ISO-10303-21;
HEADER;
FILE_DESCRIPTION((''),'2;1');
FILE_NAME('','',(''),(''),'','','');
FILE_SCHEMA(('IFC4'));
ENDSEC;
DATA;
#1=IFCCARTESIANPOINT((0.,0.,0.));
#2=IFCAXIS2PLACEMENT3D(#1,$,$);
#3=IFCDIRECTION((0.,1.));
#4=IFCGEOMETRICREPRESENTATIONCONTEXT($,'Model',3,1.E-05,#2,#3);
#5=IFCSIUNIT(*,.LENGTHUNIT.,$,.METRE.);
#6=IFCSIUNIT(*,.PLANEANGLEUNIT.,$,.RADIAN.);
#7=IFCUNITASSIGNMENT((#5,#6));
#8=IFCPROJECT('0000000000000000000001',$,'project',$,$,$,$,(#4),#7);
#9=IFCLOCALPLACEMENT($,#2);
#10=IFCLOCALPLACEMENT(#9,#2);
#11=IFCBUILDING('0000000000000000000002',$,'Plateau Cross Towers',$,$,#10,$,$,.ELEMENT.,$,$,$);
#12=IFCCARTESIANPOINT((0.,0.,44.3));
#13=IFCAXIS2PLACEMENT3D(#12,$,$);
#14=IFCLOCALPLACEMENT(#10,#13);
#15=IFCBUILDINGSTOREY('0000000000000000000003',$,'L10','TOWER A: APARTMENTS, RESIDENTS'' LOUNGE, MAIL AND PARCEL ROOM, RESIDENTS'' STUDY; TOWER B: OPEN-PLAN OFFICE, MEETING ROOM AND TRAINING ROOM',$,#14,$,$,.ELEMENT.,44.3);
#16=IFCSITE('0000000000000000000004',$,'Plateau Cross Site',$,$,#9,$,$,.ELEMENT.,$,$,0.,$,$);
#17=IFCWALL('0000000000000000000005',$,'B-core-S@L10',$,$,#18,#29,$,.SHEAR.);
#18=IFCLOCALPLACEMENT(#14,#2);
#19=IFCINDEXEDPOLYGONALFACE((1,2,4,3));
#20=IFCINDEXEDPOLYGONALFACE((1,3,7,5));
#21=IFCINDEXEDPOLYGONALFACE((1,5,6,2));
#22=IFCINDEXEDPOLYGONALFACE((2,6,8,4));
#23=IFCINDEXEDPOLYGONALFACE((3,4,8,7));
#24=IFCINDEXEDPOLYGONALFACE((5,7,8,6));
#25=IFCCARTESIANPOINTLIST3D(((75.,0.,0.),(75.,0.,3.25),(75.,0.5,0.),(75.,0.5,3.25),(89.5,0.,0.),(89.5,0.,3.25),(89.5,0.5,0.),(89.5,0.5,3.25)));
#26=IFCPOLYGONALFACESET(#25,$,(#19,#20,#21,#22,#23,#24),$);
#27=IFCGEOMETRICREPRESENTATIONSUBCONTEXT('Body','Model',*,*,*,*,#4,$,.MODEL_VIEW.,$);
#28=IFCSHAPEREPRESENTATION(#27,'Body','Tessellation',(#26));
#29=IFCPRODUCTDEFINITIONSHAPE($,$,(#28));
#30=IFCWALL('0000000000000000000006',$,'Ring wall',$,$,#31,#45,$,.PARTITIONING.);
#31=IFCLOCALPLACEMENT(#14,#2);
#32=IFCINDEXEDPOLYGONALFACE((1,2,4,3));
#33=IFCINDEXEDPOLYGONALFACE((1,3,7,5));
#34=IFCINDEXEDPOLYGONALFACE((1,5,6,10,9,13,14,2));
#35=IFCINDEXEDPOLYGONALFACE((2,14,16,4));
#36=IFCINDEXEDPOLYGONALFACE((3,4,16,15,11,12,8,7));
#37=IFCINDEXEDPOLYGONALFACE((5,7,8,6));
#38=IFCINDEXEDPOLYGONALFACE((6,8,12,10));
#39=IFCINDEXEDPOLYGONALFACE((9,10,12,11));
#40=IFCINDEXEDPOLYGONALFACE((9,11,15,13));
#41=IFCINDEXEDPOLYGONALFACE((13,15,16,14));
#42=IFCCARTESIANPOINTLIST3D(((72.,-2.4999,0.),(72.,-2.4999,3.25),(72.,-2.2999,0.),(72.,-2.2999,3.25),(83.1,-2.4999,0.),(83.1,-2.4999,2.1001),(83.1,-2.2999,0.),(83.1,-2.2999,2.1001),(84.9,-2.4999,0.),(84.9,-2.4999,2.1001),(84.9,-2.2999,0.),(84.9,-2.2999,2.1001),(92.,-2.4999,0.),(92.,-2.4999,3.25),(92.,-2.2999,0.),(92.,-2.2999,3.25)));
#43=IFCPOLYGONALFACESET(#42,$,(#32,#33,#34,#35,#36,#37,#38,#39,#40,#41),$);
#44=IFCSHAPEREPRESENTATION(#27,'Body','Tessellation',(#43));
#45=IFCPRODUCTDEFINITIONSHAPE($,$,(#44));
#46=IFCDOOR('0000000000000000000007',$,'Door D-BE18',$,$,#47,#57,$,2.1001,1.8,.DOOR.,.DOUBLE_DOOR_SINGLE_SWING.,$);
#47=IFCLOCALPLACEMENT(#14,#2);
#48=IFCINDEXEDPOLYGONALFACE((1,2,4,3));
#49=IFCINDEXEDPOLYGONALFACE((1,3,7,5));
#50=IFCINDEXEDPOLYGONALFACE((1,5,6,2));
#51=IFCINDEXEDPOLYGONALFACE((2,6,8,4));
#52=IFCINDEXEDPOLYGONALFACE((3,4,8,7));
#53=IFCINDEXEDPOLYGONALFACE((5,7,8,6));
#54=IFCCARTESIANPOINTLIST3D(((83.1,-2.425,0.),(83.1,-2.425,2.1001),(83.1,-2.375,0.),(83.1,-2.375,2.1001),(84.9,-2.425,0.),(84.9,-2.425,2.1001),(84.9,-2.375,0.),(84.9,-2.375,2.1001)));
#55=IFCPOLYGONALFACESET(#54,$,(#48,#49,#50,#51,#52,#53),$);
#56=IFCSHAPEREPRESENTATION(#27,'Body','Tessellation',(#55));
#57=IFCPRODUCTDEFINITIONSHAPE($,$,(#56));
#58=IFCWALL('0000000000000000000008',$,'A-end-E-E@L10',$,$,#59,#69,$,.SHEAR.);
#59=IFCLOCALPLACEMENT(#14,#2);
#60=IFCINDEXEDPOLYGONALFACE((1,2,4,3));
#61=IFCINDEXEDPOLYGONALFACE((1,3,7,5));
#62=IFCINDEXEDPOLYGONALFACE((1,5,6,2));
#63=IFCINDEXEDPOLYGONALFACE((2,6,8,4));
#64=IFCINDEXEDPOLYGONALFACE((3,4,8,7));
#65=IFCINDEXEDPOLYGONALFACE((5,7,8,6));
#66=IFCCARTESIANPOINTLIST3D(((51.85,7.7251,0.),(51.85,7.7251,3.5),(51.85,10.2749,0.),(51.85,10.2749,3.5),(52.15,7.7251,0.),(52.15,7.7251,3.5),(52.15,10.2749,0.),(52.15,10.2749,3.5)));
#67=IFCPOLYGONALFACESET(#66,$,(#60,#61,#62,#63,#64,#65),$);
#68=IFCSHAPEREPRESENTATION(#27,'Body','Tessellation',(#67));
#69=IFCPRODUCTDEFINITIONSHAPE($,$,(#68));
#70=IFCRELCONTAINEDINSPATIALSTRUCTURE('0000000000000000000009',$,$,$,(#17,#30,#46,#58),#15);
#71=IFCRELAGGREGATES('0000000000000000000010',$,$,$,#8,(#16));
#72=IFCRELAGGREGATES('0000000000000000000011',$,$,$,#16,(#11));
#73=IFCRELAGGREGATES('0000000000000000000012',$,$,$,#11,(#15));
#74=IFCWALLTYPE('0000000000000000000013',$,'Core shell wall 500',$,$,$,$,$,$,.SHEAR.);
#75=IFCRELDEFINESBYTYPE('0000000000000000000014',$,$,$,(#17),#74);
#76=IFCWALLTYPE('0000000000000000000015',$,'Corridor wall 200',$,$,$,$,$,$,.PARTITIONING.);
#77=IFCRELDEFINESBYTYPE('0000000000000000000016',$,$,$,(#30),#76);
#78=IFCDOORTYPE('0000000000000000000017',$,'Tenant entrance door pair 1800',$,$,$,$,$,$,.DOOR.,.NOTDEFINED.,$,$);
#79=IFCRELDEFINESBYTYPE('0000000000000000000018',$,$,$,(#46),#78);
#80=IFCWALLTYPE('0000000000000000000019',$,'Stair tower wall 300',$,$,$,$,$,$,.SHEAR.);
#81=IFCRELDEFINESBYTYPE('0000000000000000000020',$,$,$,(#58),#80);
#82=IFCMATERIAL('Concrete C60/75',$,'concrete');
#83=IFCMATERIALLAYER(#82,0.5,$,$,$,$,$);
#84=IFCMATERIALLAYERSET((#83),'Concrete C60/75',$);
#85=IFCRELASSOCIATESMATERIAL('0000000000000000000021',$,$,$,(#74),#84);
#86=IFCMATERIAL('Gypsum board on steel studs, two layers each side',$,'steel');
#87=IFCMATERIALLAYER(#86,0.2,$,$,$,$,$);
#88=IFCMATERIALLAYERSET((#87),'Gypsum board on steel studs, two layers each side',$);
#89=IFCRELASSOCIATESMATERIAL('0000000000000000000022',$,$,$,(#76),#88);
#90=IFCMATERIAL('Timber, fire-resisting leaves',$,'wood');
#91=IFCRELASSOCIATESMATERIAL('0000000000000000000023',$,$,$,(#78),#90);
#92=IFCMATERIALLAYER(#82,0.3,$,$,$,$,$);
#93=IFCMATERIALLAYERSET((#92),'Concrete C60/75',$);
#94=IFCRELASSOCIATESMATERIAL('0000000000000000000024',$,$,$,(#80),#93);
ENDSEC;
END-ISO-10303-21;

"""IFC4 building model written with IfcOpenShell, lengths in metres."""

from ifc_helpers import new_model, si_unit, direction, frame, frame_2d, origin, place, context, subcontext, project, spatial, rectangle, extrude, material, layer, layer_set, type_object, element, fill, save


model = new_model("IFC4")

# Units and contexts
model_context = context("Model", 3, precision=1e-05, world=origin(), true_north=direction((0.0, 1.0)))
body_context = subcontext(model_context, "Body", "Model", "MODEL_VIEW")
ifc_project = project(units=[si_unit("LENGTHUNIT", "METRE"), si_unit("PLANEANGLEUNIT", "RADIAN")], contexts=[model_context])

# Site, building, storey
site_placement = place(None, origin())
site = spatial("IfcSite", under=ifc_project, at=site_placement, Name="Plateau Cross Site", CompositionType="ELEMENT", RefElevation=0.0)
building_placement = place(site_placement, origin())
building = spatial("IfcBuilding", under=site, at=building_placement, Name="Plateau Cross Towers", CompositionType="ELEMENT")
storey_placement = place(building_placement, frame((0.0, 0.0, 44.3)))
storey = spatial("IfcBuildingStorey", under=building, at=storey_placement, Name="L10", Description="TOWER A: APARTMENTS, RESIDENTS' LOUNGE, MAIL AND PARCEL ROOM, RESIDENTS' STUDY; TOWER B: OPEN-PLAN OFFICE, MEETING ROOM AND TRAINING ROOM", CompositionType="ELEMENT", Elevation=44.3)

# Shared definitions
ifc_material_1 = material(Name="Concrete C60/75", Category="concrete")

# Wall
ifc_layer_1 = layer(ifc_material_1, 0.5)
ifc_layer_set_1 = layer_set([ifc_layer_1], Name="Concrete C60/75")
wall_type_1 = type_object("IfcWallType", Name="Core shell wall 500", PredefinedType="SHEAR", material=ifc_layer_set_1)
wall_1_placement = place(storey_placement, frame((75.0, 0.25, 0.0), z_axis=(0.0, 0.0, 1.0), x_axis=(1.0, 0.0, 0.0)))
element("IfcWall", 1, at=wall_1_placement, inside=storey, type_object=wall_type_1, Name="B-core-S@L10", PredefinedType="SHEAR", context=body_context, shape_type="SweptSolid", body=[
    extrude(rectangle(XDim=14.5, YDim=0.5, at=frame_2d((7.25, 0.0))), origin(), (0.0, 0.0, 1.0), 3.25),
])

# Wall, opening, door
ifc_material_2 = material(Name="Gypsum board on steel studs, two layers each side", Category="steel")
ifc_layer_2 = layer(ifc_material_2, 0.2)
ifc_layer_set_2 = layer_set([ifc_layer_2], Name="Gypsum board on steel studs, two layers each side")
wall_type_2 = type_object("IfcWallType", Name="Corridor wall 200", PredefinedType="PARTITIONING", material=ifc_layer_set_2)
wall_2_placement = place(storey_placement, frame((72.0, -2.3999, 0.0), z_axis=(0.0, 0.0, 1.0), x_axis=(1.0, 0.0, 0.0)))
wall_2 = element("IfcWall", 2, at=wall_2_placement, inside=storey, type_object=wall_type_2, Name="Ring wall", PredefinedType="PARTITIONING", context=body_context, shape_type="SweptSolid", body=[
    extrude(rectangle(XDim=20.0, YDim=0.2, at=frame_2d((10.0, 0.0))), origin(), (0.0, 0.0, 1.0), 3.25),
])
opening_placement = place(wall_2_placement, frame((11.1001, 0.0, 0.0)))
opening = element("IfcOpeningElement", 3, at=opening_placement, cuts=wall_2, PredefinedType="OPENING", context=body_context, shape_type="SweptSolid", body=[
    extrude(rectangle(XDim=1.8, YDim=2.1001, at=frame_2d((0.8999, 1.05))), frame((0.0, 0.1099, 0.0), z_axis=(0.0, -1.0, 0.0), x_axis=(1.0, 0.0, 0.0)), (0.0, 0.0, 1.0), 0.22),
])
ifc_material_3 = material(Name="Timber, fire-resisting leaves", Category="wood")
door_type = type_object("IfcDoorType", Name="Tenant entrance door pair 1800", OperationType="NOTDEFINED", PredefinedType="DOOR", material=ifc_material_3)
door_placement = place(opening_placement, origin())
door = element("IfcDoor", 4, at=door_placement, inside=storey, type_object=door_type, Name="Door D-BE18", OperationType="DOUBLE_DOOR_SINGLE_SWING", OverallHeight=2.1001, OverallWidth=1.8, PredefinedType="DOOR", context=body_context, shape_type="SweptSolid", body=[
    extrude(rectangle(XDim=1.8, YDim=2.1001, at=frame_2d((0.8999, 1.05))), frame((0.0, 0.0249, 0.0), z_axis=(0.0, -1.0, 0.0), x_axis=(1.0, 0.0, 0.0)), (0.0, 0.0, 1.0), 0.05),
])
fill(opening, door)

# Wall
ifc_layer_3 = layer(ifc_material_1, 0.3)
ifc_layer_set_3 = layer_set([ifc_layer_3], Name="Concrete C60/75")
wall_type_3 = type_object("IfcWallType", Name="Stair tower wall 300", PredefinedType="SHEAR", material=ifc_layer_set_3)
wall_3_placement = place(storey_placement, frame((52.0, 7.7251, 0.0), z_axis=(0.0, 0.0, 1.0), x_axis=(0.0, 1.0, 0.0)))
element("IfcWall", 5, at=wall_3_placement, inside=storey, type_object=wall_type_3, Name="A-end-E-E@L10", PredefinedType="SHEAR", context=body_context, shape_type="SweptSolid", body=[
    extrude(rectangle(XDim=2.5498, YDim=0.3, at=frame_2d((1.2749, 0.0))), origin(), (0.0, 0.0, 1.0), 3.5),
])

save(model, "model.ifc")
